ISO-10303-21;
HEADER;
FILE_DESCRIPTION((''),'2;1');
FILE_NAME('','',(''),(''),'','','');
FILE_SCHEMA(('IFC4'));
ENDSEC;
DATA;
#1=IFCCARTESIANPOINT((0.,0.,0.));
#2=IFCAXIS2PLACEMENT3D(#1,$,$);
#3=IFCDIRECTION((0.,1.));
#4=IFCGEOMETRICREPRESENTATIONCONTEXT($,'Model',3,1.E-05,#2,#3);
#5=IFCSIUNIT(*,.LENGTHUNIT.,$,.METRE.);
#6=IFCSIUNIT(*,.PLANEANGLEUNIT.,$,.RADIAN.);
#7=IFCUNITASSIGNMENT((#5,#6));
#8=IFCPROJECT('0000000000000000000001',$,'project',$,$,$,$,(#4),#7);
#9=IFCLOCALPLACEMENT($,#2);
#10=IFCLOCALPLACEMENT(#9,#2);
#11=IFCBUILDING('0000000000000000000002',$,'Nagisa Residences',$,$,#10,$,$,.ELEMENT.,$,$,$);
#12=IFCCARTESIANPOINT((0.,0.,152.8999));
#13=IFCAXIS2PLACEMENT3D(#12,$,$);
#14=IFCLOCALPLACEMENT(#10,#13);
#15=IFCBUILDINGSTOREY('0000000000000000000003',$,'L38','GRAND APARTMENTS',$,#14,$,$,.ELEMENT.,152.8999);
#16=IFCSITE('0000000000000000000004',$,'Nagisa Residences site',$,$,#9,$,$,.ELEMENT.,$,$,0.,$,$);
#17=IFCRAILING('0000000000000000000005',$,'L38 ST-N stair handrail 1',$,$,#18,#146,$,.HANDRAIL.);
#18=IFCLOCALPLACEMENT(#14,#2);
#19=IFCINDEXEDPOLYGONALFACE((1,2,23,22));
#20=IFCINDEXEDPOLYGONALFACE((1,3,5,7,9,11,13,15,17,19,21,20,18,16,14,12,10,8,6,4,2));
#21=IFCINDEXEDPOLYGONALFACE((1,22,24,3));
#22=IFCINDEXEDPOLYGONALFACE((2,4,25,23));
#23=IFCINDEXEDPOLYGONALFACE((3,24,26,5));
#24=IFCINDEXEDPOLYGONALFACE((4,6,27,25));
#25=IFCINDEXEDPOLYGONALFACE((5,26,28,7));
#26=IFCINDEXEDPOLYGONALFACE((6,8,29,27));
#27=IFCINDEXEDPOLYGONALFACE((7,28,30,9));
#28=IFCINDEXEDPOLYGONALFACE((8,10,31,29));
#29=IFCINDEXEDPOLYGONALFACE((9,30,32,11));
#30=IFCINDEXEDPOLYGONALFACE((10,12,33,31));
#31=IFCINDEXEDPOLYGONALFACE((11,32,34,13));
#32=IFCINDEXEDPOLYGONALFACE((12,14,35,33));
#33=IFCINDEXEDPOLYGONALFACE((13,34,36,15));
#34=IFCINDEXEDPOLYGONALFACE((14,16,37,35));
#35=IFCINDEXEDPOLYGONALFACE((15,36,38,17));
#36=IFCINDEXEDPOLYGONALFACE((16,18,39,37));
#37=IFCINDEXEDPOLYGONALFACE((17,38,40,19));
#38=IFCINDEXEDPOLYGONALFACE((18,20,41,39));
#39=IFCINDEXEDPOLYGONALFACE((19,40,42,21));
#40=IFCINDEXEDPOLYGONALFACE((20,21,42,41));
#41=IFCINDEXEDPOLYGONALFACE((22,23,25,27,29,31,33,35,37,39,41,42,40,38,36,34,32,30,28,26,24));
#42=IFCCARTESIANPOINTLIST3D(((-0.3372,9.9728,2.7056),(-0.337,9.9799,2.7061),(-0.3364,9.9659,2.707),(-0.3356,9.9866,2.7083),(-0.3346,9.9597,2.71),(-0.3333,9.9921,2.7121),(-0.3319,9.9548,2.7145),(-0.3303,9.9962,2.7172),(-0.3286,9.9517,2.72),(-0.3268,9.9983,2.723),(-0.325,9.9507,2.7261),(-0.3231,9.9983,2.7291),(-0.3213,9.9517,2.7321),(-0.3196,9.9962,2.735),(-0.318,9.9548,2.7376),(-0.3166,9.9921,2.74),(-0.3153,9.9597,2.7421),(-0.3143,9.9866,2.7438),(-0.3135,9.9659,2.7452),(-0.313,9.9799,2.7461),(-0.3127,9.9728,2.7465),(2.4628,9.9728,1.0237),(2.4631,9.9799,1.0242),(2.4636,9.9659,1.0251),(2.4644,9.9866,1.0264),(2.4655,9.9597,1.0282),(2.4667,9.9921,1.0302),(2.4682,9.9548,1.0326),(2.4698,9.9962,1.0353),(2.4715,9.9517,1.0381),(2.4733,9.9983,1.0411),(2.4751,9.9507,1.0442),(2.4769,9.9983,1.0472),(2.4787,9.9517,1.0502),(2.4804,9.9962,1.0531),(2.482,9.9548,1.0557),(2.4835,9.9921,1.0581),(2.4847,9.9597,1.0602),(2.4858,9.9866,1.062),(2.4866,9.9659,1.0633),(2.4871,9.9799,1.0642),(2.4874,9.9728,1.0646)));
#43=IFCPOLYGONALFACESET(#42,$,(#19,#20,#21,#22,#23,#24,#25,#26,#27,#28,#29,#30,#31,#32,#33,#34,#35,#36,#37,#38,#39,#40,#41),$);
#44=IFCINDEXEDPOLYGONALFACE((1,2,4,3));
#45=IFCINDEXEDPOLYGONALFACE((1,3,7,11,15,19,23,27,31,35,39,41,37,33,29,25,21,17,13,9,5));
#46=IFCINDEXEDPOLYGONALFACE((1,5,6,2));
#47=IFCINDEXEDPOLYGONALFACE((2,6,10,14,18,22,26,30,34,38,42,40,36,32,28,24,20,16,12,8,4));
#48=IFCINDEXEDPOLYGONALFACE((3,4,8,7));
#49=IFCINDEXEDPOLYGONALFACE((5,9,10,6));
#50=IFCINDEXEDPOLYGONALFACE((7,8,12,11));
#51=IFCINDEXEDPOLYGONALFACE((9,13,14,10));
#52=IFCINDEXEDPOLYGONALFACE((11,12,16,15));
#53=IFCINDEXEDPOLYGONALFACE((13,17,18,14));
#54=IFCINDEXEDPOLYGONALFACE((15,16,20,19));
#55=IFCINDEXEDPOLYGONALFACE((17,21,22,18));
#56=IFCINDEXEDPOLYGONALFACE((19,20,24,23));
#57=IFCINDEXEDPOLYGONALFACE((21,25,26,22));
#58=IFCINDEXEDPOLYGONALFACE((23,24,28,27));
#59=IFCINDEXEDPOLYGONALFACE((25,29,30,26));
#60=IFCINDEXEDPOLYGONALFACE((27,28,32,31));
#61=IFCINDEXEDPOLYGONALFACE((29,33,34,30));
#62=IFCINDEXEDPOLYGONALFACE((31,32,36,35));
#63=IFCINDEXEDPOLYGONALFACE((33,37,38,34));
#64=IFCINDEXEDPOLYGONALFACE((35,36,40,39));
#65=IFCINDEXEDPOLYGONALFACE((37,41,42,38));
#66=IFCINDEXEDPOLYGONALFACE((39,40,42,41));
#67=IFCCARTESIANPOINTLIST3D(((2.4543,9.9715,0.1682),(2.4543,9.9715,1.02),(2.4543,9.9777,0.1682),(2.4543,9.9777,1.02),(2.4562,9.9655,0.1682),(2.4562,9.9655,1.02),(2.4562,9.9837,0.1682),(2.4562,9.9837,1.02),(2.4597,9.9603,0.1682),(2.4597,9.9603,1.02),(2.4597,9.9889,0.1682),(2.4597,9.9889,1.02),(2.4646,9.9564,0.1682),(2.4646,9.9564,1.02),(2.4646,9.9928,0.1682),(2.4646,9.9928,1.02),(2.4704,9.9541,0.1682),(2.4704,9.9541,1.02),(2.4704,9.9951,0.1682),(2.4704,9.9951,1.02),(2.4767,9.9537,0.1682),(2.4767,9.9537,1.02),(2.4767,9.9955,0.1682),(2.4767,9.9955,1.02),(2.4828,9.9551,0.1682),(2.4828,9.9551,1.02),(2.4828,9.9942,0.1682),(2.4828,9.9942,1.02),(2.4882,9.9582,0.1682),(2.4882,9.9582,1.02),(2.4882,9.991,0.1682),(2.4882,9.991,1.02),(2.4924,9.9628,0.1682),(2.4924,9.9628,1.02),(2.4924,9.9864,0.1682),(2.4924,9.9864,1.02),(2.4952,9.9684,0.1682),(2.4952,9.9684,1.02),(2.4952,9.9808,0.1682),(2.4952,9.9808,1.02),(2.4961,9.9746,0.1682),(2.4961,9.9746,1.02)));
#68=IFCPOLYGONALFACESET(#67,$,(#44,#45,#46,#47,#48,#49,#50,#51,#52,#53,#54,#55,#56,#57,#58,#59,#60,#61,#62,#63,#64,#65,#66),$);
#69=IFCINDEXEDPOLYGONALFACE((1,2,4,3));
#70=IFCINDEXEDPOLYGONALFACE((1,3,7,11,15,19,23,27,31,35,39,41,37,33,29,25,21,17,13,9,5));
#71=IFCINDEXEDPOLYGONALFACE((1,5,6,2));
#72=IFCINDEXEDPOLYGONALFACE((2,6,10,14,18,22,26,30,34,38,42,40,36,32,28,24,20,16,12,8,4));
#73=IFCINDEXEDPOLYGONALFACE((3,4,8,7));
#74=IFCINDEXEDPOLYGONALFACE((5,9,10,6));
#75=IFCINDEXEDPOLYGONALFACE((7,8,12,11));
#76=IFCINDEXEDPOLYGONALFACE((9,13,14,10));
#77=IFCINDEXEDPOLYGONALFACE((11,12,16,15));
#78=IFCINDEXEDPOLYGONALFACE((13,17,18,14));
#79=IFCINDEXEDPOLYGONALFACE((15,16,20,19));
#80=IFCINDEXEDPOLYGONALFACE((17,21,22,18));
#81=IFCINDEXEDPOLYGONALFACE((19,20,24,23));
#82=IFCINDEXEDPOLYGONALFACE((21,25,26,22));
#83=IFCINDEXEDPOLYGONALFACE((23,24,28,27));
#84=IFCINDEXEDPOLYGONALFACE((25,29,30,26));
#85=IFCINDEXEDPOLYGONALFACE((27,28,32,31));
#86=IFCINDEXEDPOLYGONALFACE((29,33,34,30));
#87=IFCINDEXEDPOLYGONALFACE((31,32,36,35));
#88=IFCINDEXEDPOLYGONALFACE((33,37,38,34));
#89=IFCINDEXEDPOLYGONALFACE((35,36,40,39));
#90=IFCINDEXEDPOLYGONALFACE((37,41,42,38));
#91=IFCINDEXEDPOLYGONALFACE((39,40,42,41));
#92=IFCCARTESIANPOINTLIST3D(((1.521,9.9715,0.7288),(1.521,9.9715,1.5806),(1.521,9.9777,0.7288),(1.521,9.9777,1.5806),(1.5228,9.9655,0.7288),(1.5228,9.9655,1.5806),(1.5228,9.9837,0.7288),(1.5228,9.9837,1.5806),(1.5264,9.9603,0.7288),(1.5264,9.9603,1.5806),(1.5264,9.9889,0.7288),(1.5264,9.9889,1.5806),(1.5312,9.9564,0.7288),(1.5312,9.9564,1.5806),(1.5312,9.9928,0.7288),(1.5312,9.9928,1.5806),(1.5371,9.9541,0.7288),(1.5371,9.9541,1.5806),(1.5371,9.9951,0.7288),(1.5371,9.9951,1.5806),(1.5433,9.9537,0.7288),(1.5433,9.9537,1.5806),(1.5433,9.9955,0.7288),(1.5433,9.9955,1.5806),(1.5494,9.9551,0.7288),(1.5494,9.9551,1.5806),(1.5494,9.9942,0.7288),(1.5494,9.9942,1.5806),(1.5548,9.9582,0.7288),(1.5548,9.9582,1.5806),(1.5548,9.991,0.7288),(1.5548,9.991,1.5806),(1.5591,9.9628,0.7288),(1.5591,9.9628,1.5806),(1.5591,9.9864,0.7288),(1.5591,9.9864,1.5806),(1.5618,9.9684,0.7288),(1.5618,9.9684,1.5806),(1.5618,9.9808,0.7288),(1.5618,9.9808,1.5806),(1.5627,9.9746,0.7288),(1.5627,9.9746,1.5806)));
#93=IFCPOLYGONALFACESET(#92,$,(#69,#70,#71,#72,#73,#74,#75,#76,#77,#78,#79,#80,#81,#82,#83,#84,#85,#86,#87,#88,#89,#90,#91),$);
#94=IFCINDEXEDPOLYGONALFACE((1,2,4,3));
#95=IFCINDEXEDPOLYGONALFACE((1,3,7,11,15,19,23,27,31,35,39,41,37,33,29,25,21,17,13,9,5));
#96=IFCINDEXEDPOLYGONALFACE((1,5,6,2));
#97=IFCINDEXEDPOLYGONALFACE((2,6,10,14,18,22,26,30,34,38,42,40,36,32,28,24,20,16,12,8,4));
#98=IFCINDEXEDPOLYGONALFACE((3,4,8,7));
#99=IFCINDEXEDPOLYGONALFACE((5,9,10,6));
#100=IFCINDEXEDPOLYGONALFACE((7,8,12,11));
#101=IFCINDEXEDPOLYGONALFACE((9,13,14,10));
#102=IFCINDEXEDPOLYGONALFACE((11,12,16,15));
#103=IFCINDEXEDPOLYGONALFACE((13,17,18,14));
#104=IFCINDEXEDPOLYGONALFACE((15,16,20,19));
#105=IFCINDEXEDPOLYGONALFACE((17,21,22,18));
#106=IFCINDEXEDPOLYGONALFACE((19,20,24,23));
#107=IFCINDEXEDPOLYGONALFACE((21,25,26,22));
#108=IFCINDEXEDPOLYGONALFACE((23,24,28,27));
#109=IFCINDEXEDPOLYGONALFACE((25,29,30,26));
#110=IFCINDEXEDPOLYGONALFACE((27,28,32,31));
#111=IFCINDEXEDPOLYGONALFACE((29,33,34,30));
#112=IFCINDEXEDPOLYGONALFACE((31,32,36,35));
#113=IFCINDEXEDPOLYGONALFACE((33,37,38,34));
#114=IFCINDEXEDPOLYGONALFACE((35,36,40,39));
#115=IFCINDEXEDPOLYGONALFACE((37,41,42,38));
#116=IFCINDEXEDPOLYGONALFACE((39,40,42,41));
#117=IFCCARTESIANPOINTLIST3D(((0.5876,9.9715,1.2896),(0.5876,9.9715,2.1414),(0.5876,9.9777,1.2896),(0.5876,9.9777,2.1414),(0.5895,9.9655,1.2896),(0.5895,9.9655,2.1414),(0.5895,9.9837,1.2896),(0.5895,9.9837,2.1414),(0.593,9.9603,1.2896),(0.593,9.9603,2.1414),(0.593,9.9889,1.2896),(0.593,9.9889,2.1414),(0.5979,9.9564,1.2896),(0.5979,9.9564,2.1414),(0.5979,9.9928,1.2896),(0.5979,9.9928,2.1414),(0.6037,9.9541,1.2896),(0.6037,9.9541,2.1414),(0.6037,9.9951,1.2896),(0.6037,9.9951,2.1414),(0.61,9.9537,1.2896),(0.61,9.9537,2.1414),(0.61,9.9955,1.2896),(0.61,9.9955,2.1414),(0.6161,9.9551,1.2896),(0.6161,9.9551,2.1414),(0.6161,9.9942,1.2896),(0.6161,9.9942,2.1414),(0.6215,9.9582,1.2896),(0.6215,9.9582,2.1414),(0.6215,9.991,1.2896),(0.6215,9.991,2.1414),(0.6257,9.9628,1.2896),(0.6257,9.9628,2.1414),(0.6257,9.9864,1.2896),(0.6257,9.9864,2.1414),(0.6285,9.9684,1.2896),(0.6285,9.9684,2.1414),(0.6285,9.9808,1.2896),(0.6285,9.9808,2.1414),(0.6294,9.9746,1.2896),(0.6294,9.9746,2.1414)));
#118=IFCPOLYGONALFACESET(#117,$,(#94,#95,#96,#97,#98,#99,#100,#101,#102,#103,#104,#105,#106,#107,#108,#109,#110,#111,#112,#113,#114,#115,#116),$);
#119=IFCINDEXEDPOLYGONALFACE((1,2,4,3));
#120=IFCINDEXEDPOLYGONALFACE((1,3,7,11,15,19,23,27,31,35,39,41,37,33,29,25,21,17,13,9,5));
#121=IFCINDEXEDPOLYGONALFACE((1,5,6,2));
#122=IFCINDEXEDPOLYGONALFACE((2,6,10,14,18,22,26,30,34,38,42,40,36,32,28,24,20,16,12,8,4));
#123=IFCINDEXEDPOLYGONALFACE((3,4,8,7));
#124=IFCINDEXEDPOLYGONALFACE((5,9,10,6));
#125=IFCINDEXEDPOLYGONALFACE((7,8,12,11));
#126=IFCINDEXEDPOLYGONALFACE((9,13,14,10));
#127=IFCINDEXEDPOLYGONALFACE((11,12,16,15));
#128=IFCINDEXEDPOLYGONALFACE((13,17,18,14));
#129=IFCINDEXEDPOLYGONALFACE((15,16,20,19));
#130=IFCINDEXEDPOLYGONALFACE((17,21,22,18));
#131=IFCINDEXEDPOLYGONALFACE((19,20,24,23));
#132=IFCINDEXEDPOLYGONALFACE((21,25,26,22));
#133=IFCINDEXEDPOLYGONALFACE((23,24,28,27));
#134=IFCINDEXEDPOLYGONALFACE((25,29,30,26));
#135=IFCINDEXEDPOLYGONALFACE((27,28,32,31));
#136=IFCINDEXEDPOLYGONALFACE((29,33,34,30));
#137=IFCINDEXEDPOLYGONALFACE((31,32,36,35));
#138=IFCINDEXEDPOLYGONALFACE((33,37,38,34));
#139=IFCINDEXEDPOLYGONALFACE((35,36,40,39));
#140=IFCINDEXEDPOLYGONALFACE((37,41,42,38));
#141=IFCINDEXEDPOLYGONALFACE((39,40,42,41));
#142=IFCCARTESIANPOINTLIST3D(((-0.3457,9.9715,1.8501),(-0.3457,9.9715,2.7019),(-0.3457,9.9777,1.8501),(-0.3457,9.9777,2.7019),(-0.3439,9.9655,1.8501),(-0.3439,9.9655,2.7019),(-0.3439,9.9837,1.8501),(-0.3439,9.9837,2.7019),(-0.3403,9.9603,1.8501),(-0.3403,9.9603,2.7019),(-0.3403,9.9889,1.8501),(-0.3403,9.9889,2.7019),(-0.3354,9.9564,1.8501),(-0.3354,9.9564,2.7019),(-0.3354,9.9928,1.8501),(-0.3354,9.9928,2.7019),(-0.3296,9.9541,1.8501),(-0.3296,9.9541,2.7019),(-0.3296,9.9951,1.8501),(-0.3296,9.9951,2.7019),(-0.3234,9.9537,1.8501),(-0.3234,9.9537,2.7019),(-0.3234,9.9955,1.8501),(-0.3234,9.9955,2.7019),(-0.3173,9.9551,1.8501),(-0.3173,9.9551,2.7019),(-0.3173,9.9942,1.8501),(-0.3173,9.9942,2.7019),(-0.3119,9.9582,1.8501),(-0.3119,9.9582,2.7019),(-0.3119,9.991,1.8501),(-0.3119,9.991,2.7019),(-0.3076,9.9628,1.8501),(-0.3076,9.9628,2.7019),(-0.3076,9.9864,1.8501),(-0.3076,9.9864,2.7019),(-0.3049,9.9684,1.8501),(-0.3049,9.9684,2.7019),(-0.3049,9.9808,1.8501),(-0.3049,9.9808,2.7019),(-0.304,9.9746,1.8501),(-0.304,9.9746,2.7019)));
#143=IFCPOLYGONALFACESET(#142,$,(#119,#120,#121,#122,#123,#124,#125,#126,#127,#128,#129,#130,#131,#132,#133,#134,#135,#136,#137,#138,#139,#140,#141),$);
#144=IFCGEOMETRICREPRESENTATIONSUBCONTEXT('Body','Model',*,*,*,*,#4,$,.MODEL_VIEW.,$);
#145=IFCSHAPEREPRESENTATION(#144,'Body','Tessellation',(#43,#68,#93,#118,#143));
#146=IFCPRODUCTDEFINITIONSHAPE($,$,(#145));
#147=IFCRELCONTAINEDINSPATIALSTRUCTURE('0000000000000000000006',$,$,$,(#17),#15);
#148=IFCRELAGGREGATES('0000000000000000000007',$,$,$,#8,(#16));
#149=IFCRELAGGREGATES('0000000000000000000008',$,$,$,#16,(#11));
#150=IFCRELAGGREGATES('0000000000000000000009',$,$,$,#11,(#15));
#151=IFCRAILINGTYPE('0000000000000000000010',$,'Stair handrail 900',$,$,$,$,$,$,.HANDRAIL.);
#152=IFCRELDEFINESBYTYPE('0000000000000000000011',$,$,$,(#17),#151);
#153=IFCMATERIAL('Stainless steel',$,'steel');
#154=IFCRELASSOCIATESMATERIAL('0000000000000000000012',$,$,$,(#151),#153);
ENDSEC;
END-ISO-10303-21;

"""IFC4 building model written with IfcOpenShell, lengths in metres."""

from ifc_helpers import new_model, si_unit, direction, frame, origin, origin_2d, place, context, subcontext, project, spatial, circle, extrude, material, type_object, element, save


model = new_model("IFC4")

# Units and contexts
model_context = context("Model", 3, precision=1e-05, world=origin(), true_north=direction((0.0, 1.0)))
body_context = subcontext(model_context, "Body", "Model", "MODEL_VIEW")
ifc_project = project(units=[si_unit("LENGTHUNIT", "METRE"), si_unit("PLANEANGLEUNIT", "RADIAN")], contexts=[model_context])

# Site, building, storey
site_placement = place(None, origin())
site = spatial("IfcSite", under=ifc_project, at=site_placement, Name="Nagisa Residences site", CompositionType="ELEMENT", RefElevation=0.0)
building_placement = place(site_placement, origin())
building = spatial("IfcBuilding", under=site, at=building_placement, Name="Nagisa Residences", CompositionType="ELEMENT")
storey_placement = place(building_placement, frame((0.0, 0.0, 152.8999)))
storey = spatial("IfcBuildingStorey", under=building, at=storey_placement, Name="L38", Description="GRAND APARTMENTS", CompositionType="ELEMENT", Elevation=152.8999)

# Railing
ifc_material_1 = material(Name="Stainless steel", Category="steel")
railing_type_1 = type_object("IfcRailingType", Name="Stair handrail 900", PredefinedType="HANDRAIL", material=ifc_material_1)
railing_1_placement = place(storey_placement, frame((2.4751, 9.9746, 0.1682)))
element("IfcRailing", 1, at=railing_1_placement, inside=storey, type_object=railing_type_1, Name="L38 ST-N stair handrail 1", PredefinedType="HANDRAIL", context=body_context, shape_type="SweptSolid", body=[
    extrude(circle(Radius=0.0239, at=origin_2d()), frame((0.0, 0.0, 0.876), z_axis=(-0.857242, 0.0, 0.514913), x_axis=(0.0, -1.0, 0.0)), (0.0, 0.0, 1.0), 3.2664),
    extrude(circle(Radius=0.021, at=origin_2d()), origin(), (0.0, 0.0, 1.0), 0.8518),
    extrude(circle(Radius=0.021, at=origin_2d()), frame((-0.9333, 0.0, 0.5605)), (0.0, 0.0, 1.0), 0.8518),
    extrude(circle(Radius=0.021, at=origin_2d()), frame((-1.8667, 0.0, 1.1213)), (0.0, 0.0, 1.0), 0.8518),
    extrude(circle(Radius=0.021, at=origin_2d()), frame((-2.8, 0.0, 1.6819)), (0.0, 0.0, 1.0), 0.8518),
])

save(model, "model.ifc")
